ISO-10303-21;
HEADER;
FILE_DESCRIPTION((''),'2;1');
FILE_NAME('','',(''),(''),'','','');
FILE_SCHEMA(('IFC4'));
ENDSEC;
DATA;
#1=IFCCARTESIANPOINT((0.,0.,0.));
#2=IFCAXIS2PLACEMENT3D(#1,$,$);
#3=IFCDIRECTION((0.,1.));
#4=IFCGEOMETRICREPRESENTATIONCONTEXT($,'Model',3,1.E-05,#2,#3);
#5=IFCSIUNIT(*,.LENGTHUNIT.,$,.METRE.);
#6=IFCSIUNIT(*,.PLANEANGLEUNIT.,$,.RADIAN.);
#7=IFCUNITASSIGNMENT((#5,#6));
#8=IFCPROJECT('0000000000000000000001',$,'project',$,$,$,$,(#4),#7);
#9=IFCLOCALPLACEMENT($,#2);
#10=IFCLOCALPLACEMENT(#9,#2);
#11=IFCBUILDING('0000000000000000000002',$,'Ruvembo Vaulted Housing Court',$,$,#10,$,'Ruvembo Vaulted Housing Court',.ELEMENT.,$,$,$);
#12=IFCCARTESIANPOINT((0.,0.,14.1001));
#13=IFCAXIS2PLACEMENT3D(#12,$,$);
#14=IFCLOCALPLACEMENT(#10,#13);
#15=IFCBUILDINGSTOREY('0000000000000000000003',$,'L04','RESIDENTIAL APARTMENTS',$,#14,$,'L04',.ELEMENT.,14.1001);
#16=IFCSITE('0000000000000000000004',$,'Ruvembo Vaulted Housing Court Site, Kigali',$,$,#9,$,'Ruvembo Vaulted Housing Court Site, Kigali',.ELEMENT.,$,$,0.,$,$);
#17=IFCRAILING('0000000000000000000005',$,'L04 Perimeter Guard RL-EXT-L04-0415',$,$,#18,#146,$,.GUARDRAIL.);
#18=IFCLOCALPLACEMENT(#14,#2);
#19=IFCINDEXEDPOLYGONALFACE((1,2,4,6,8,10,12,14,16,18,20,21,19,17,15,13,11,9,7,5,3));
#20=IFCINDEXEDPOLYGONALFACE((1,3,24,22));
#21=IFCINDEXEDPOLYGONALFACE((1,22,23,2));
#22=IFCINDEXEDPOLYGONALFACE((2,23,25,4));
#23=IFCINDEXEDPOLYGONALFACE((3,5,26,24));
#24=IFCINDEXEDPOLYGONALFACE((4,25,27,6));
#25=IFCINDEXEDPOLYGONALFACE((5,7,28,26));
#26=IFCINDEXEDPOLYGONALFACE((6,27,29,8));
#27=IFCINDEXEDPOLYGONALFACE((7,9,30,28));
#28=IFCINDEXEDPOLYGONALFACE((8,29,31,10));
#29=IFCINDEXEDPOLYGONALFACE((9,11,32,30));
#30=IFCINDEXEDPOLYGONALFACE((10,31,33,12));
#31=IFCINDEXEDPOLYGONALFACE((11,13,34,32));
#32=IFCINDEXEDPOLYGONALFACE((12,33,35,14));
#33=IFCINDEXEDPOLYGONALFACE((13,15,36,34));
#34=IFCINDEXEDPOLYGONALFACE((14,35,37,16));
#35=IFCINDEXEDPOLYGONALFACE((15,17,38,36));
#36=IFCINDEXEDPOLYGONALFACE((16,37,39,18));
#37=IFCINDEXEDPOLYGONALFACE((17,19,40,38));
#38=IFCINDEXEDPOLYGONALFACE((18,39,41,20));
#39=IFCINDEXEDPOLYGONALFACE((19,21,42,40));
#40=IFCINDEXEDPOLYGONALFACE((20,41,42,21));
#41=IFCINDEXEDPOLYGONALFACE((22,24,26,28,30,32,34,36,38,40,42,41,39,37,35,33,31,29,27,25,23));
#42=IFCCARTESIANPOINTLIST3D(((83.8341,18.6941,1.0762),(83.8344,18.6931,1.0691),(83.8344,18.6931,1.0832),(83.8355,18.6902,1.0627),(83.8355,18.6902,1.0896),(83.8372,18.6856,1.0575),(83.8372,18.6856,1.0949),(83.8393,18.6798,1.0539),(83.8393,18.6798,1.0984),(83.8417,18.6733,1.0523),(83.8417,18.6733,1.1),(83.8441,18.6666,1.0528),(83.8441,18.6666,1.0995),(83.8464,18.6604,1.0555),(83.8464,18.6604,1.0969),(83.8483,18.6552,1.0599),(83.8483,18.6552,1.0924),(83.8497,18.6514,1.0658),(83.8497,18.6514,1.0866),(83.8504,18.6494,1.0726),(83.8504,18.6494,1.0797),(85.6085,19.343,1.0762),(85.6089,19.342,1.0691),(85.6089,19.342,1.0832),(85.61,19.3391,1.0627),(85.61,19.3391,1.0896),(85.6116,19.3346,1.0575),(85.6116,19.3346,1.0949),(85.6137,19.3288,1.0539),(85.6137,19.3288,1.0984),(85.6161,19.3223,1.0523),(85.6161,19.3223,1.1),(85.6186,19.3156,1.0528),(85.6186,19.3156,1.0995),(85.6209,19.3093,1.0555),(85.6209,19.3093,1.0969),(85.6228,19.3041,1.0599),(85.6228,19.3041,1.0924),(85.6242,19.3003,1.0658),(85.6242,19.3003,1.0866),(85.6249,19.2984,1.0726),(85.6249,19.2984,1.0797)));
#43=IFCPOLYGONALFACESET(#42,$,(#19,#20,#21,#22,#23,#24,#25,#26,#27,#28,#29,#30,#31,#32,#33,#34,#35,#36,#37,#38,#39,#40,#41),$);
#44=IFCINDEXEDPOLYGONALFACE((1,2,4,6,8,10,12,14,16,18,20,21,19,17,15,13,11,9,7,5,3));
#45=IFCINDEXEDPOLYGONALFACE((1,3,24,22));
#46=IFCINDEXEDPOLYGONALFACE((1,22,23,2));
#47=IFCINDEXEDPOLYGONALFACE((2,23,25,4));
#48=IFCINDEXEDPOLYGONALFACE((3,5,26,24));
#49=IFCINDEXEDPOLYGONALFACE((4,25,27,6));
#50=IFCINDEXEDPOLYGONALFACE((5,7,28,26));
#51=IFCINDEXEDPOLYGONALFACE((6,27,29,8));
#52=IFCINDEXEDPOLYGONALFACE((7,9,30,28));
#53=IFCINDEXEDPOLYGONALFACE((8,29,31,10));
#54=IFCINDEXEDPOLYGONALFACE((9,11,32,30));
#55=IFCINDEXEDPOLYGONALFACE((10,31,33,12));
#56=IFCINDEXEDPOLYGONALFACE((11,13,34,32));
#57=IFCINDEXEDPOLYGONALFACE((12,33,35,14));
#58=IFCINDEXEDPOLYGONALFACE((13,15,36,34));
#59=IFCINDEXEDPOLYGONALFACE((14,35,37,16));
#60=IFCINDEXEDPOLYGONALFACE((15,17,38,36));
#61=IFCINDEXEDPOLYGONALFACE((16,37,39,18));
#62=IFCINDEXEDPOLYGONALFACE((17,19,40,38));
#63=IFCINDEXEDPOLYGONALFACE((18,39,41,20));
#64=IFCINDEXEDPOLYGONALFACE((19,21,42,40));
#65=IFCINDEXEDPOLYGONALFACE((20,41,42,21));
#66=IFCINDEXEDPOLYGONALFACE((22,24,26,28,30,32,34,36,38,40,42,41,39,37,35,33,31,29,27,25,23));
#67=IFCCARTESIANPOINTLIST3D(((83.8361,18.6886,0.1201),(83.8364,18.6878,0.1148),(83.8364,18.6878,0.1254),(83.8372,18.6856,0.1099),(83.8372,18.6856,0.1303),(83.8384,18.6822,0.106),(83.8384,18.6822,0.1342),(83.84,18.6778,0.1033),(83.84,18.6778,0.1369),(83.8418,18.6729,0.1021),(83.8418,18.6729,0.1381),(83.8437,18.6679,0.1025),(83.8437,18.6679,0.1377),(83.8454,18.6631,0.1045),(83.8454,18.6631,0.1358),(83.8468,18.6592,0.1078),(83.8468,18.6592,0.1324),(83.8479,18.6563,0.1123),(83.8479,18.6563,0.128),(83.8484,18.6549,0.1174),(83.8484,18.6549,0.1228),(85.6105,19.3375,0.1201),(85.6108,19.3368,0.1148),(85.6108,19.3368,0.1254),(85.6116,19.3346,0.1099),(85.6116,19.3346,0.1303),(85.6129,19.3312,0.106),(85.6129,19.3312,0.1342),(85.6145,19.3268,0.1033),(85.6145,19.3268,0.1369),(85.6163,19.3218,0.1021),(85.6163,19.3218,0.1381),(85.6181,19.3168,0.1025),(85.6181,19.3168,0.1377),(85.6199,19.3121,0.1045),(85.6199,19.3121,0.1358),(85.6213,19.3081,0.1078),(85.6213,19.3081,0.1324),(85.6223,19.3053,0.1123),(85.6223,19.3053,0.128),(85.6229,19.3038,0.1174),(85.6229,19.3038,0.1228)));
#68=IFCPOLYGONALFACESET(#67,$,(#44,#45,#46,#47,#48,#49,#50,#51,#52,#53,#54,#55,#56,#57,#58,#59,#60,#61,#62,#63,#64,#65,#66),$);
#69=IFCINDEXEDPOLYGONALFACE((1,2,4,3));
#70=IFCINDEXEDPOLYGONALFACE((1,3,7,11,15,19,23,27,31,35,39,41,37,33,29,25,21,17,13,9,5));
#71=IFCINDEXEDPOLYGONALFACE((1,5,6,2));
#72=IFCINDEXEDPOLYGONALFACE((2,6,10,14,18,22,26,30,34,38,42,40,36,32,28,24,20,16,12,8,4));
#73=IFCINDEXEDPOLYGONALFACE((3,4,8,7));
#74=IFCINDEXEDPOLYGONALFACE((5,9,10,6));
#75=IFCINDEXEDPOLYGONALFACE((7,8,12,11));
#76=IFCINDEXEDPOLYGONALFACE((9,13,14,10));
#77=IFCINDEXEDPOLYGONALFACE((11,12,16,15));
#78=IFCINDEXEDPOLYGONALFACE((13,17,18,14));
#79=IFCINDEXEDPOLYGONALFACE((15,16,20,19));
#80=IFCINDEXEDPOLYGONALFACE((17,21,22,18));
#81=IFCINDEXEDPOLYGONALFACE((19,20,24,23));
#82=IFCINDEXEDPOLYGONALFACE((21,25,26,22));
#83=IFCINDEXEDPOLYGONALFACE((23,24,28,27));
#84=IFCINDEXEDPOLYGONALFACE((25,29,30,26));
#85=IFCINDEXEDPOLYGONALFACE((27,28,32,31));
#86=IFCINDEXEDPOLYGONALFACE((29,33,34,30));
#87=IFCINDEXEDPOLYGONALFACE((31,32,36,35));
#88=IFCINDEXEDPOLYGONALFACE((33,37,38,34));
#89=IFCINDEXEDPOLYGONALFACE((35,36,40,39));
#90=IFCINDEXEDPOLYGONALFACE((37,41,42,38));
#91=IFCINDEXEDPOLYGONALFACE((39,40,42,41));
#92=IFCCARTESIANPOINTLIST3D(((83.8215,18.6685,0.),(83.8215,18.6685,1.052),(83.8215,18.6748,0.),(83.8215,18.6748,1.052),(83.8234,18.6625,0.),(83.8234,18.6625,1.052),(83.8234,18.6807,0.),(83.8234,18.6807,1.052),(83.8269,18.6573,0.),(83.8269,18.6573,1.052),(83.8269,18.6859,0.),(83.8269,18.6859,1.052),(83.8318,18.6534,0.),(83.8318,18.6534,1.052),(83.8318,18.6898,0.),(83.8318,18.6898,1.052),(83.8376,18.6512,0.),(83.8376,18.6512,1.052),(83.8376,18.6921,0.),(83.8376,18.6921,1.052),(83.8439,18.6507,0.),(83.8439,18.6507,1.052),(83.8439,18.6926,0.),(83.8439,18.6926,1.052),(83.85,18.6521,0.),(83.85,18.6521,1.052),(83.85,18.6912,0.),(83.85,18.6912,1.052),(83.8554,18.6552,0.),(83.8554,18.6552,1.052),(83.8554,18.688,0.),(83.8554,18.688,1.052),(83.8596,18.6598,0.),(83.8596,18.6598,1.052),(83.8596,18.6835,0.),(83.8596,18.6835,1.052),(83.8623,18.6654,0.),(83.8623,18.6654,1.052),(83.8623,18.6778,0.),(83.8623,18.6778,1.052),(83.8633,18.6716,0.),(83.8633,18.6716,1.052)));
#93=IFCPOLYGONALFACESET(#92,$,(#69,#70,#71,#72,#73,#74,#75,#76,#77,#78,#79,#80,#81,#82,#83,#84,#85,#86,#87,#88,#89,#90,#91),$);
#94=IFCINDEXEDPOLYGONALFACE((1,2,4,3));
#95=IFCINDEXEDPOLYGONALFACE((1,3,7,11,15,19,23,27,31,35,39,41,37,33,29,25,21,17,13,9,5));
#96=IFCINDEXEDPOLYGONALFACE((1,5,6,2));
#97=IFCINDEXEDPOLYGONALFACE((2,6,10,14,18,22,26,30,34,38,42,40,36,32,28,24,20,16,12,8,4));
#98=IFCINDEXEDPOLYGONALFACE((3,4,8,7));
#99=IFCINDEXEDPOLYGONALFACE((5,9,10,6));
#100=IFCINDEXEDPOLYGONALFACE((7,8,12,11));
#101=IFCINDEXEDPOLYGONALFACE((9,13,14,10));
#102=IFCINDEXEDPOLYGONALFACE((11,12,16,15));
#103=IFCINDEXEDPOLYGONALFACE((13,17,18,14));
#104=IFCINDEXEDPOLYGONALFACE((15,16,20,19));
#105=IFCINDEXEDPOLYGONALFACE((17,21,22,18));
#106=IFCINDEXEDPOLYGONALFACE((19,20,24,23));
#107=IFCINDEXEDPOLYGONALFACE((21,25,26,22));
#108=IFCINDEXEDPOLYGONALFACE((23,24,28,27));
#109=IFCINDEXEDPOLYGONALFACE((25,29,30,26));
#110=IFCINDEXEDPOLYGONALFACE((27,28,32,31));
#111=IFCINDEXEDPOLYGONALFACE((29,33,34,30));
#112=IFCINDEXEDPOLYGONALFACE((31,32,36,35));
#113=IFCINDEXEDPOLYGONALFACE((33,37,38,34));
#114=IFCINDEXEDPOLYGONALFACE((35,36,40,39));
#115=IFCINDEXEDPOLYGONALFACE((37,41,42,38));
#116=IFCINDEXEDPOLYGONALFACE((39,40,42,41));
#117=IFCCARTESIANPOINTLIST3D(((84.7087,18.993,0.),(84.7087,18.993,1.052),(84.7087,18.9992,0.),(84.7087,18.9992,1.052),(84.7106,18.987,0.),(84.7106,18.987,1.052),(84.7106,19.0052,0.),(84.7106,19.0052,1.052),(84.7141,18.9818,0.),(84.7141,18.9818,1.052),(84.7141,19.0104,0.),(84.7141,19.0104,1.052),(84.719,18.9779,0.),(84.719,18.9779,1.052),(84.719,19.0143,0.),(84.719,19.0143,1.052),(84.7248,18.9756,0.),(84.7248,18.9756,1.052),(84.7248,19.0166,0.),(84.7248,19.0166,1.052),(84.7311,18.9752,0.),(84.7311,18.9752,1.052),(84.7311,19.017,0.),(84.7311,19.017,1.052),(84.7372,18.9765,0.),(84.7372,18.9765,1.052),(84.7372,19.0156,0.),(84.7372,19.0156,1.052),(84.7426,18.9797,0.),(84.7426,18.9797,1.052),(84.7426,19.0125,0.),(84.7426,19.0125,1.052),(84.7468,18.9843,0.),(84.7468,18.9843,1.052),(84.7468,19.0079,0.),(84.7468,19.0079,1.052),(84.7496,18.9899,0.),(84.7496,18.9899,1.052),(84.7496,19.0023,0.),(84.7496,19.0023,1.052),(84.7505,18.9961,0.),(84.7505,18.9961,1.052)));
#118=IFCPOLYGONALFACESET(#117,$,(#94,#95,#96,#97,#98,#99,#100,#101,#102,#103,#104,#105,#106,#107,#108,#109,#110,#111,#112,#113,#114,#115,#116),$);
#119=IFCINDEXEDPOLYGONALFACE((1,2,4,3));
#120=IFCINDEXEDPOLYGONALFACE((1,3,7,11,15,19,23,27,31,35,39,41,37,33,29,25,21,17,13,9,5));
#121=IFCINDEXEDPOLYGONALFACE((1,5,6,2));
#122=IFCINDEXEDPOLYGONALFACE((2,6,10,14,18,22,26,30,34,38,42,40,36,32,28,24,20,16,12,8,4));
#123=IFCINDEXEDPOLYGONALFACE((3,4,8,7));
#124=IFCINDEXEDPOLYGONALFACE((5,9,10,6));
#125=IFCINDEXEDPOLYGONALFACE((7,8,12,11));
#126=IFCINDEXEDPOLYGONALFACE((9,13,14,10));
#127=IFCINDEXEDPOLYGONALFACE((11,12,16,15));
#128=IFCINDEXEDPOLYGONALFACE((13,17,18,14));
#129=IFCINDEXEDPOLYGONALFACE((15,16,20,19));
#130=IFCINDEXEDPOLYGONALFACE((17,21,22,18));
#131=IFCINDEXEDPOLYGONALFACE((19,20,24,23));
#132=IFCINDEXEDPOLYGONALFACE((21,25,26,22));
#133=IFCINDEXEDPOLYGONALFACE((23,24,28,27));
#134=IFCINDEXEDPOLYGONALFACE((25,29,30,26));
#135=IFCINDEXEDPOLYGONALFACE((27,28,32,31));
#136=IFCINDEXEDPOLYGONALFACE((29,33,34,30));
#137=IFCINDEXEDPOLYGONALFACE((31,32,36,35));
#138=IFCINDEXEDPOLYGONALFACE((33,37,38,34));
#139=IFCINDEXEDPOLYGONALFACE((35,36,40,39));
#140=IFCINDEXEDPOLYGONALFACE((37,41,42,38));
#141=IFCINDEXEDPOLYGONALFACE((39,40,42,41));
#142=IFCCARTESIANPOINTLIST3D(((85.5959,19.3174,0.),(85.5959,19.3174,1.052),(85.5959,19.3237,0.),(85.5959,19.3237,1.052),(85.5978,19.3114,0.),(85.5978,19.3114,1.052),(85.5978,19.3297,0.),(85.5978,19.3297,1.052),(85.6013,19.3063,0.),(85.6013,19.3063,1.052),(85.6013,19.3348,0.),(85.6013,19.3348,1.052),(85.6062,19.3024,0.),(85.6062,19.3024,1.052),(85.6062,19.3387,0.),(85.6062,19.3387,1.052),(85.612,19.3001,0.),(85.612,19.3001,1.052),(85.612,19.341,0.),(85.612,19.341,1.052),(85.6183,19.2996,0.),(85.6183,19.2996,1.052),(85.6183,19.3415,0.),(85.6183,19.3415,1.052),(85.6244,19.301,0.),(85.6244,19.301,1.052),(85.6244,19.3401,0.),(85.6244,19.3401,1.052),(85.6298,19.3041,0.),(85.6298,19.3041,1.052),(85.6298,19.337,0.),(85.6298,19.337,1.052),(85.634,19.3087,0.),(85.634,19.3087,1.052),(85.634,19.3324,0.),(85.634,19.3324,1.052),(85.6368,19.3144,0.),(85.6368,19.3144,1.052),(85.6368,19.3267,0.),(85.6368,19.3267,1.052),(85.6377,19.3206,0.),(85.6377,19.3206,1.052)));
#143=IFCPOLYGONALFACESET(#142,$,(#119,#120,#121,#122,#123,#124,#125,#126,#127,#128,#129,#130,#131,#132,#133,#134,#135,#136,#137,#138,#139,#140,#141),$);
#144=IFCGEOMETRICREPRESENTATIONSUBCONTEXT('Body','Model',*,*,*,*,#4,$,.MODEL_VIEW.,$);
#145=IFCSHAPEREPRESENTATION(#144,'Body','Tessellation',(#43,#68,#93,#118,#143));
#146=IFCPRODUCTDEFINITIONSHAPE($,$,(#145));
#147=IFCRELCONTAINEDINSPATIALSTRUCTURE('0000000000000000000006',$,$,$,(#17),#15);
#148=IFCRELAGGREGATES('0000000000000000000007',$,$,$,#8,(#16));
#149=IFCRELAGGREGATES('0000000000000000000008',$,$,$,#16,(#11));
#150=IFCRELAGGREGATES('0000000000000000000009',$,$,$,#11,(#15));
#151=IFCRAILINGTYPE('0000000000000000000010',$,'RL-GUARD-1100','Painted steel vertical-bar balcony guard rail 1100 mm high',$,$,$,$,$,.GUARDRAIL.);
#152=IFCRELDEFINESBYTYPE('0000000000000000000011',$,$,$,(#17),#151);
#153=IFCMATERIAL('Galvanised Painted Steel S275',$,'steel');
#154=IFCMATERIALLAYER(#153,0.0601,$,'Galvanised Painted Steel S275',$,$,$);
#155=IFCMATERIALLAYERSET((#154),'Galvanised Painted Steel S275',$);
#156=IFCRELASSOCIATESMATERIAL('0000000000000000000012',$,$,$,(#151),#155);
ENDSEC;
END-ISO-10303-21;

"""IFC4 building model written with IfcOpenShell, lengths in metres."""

from ifc_helpers import new_model, si_unit, direction, frame, origin, origin_2d, place, context, subcontext, project, spatial, circle, extrude, material, layer, layer_set, type_object, element, save


model = new_model("IFC4")

# Units and contexts
model_context = context("Model", 3, precision=1e-05, world=origin(), true_north=direction((0.0, 1.0)))
body_context = subcontext(model_context, "Body", "Model", "MODEL_VIEW")
ifc_project = project(units=[si_unit("LENGTHUNIT", "METRE"), si_unit("PLANEANGLEUNIT", "RADIAN")], contexts=[model_context])

# Site, building, storey
site_placement = place(None, origin())
site = spatial("IfcSite", under=ifc_project, at=site_placement, Name="Ruvembo Vaulted Housing Court Site, Kigali", LongName="Ruvembo Vaulted Housing Court Site, Kigali", CompositionType="ELEMENT", RefElevation=0.0)
building_placement = place(site_placement, origin())
building = spatial("IfcBuilding", under=site, at=building_placement, Name="Ruvembo Vaulted Housing Court", LongName="Ruvembo Vaulted Housing Court", CompositionType="ELEMENT")
storey_placement = place(building_placement, frame((0.0, 0.0, 14.1001)))
storey = spatial("IfcBuildingStorey", under=building, at=storey_placement, Name="L04", Description="RESIDENTIAL APARTMENTS", LongName="L04", CompositionType="ELEMENT", Elevation=14.1001)

# Railing
ifc_material_1 = material(Name="Galvanised Painted Steel S275", Category="steel")
ifc_layer = layer(ifc_material_1, 0.0601, Name="Galvanised Painted Steel S275")
ifc_layer_set = layer_set([ifc_layer], Name="Galvanised Painted Steel S275")
railing_type = type_object("IfcRailingType", Name="RL-GUARD-1100", Description="Painted steel vertical-bar balcony guard rail 1100 mm high", PredefinedType="GUARDRAIL", material=ifc_layer_set)
railing_1_placement = place(storey_placement, frame((83.8423, 18.6716, 0.0)))
element("IfcRailing", 1, at=railing_1_placement, inside=storey, type_object=railing_type, Name="L04 Perimeter Guard RL-EXT-L04-0415", PredefinedType="GUARDRAIL", context=body_context, shape_type="SweptSolid", body=[
    extrude(circle(Radius=0.0239, at=origin_2d()), frame((0.0, 0.0, 1.0762), z_axis=(0.939166, 0.343465, 0.0), x_axis=(-0.343465, 0.939166, 0.0)), (0.0, 0.0, 1.0), 1.8894),
    extrude(circle(Radius=0.0181, at=origin_2d()), frame((0.0, 0.0, 0.1201), z_axis=(0.939166, 0.343465, 0.0), x_axis=(-0.343465, 0.939166, 0.0)), (0.0, 0.0, 1.0), 1.8894),
    extrude(circle(Radius=0.021, at=origin_2d()), origin(), (0.0, 0.0, 1.0), 1.052),
    extrude(circle(Radius=0.021, at=origin_2d()), frame((0.8872, 0.3245, 0.0)), (0.0, 0.0, 1.0), 1.052),
    extrude(circle(Radius=0.021, at=origin_2d()), frame((1.7744, 0.6489, 0.0)), (0.0, 0.0, 1.0), 1.052),
])

save(model, "model.ifc")
